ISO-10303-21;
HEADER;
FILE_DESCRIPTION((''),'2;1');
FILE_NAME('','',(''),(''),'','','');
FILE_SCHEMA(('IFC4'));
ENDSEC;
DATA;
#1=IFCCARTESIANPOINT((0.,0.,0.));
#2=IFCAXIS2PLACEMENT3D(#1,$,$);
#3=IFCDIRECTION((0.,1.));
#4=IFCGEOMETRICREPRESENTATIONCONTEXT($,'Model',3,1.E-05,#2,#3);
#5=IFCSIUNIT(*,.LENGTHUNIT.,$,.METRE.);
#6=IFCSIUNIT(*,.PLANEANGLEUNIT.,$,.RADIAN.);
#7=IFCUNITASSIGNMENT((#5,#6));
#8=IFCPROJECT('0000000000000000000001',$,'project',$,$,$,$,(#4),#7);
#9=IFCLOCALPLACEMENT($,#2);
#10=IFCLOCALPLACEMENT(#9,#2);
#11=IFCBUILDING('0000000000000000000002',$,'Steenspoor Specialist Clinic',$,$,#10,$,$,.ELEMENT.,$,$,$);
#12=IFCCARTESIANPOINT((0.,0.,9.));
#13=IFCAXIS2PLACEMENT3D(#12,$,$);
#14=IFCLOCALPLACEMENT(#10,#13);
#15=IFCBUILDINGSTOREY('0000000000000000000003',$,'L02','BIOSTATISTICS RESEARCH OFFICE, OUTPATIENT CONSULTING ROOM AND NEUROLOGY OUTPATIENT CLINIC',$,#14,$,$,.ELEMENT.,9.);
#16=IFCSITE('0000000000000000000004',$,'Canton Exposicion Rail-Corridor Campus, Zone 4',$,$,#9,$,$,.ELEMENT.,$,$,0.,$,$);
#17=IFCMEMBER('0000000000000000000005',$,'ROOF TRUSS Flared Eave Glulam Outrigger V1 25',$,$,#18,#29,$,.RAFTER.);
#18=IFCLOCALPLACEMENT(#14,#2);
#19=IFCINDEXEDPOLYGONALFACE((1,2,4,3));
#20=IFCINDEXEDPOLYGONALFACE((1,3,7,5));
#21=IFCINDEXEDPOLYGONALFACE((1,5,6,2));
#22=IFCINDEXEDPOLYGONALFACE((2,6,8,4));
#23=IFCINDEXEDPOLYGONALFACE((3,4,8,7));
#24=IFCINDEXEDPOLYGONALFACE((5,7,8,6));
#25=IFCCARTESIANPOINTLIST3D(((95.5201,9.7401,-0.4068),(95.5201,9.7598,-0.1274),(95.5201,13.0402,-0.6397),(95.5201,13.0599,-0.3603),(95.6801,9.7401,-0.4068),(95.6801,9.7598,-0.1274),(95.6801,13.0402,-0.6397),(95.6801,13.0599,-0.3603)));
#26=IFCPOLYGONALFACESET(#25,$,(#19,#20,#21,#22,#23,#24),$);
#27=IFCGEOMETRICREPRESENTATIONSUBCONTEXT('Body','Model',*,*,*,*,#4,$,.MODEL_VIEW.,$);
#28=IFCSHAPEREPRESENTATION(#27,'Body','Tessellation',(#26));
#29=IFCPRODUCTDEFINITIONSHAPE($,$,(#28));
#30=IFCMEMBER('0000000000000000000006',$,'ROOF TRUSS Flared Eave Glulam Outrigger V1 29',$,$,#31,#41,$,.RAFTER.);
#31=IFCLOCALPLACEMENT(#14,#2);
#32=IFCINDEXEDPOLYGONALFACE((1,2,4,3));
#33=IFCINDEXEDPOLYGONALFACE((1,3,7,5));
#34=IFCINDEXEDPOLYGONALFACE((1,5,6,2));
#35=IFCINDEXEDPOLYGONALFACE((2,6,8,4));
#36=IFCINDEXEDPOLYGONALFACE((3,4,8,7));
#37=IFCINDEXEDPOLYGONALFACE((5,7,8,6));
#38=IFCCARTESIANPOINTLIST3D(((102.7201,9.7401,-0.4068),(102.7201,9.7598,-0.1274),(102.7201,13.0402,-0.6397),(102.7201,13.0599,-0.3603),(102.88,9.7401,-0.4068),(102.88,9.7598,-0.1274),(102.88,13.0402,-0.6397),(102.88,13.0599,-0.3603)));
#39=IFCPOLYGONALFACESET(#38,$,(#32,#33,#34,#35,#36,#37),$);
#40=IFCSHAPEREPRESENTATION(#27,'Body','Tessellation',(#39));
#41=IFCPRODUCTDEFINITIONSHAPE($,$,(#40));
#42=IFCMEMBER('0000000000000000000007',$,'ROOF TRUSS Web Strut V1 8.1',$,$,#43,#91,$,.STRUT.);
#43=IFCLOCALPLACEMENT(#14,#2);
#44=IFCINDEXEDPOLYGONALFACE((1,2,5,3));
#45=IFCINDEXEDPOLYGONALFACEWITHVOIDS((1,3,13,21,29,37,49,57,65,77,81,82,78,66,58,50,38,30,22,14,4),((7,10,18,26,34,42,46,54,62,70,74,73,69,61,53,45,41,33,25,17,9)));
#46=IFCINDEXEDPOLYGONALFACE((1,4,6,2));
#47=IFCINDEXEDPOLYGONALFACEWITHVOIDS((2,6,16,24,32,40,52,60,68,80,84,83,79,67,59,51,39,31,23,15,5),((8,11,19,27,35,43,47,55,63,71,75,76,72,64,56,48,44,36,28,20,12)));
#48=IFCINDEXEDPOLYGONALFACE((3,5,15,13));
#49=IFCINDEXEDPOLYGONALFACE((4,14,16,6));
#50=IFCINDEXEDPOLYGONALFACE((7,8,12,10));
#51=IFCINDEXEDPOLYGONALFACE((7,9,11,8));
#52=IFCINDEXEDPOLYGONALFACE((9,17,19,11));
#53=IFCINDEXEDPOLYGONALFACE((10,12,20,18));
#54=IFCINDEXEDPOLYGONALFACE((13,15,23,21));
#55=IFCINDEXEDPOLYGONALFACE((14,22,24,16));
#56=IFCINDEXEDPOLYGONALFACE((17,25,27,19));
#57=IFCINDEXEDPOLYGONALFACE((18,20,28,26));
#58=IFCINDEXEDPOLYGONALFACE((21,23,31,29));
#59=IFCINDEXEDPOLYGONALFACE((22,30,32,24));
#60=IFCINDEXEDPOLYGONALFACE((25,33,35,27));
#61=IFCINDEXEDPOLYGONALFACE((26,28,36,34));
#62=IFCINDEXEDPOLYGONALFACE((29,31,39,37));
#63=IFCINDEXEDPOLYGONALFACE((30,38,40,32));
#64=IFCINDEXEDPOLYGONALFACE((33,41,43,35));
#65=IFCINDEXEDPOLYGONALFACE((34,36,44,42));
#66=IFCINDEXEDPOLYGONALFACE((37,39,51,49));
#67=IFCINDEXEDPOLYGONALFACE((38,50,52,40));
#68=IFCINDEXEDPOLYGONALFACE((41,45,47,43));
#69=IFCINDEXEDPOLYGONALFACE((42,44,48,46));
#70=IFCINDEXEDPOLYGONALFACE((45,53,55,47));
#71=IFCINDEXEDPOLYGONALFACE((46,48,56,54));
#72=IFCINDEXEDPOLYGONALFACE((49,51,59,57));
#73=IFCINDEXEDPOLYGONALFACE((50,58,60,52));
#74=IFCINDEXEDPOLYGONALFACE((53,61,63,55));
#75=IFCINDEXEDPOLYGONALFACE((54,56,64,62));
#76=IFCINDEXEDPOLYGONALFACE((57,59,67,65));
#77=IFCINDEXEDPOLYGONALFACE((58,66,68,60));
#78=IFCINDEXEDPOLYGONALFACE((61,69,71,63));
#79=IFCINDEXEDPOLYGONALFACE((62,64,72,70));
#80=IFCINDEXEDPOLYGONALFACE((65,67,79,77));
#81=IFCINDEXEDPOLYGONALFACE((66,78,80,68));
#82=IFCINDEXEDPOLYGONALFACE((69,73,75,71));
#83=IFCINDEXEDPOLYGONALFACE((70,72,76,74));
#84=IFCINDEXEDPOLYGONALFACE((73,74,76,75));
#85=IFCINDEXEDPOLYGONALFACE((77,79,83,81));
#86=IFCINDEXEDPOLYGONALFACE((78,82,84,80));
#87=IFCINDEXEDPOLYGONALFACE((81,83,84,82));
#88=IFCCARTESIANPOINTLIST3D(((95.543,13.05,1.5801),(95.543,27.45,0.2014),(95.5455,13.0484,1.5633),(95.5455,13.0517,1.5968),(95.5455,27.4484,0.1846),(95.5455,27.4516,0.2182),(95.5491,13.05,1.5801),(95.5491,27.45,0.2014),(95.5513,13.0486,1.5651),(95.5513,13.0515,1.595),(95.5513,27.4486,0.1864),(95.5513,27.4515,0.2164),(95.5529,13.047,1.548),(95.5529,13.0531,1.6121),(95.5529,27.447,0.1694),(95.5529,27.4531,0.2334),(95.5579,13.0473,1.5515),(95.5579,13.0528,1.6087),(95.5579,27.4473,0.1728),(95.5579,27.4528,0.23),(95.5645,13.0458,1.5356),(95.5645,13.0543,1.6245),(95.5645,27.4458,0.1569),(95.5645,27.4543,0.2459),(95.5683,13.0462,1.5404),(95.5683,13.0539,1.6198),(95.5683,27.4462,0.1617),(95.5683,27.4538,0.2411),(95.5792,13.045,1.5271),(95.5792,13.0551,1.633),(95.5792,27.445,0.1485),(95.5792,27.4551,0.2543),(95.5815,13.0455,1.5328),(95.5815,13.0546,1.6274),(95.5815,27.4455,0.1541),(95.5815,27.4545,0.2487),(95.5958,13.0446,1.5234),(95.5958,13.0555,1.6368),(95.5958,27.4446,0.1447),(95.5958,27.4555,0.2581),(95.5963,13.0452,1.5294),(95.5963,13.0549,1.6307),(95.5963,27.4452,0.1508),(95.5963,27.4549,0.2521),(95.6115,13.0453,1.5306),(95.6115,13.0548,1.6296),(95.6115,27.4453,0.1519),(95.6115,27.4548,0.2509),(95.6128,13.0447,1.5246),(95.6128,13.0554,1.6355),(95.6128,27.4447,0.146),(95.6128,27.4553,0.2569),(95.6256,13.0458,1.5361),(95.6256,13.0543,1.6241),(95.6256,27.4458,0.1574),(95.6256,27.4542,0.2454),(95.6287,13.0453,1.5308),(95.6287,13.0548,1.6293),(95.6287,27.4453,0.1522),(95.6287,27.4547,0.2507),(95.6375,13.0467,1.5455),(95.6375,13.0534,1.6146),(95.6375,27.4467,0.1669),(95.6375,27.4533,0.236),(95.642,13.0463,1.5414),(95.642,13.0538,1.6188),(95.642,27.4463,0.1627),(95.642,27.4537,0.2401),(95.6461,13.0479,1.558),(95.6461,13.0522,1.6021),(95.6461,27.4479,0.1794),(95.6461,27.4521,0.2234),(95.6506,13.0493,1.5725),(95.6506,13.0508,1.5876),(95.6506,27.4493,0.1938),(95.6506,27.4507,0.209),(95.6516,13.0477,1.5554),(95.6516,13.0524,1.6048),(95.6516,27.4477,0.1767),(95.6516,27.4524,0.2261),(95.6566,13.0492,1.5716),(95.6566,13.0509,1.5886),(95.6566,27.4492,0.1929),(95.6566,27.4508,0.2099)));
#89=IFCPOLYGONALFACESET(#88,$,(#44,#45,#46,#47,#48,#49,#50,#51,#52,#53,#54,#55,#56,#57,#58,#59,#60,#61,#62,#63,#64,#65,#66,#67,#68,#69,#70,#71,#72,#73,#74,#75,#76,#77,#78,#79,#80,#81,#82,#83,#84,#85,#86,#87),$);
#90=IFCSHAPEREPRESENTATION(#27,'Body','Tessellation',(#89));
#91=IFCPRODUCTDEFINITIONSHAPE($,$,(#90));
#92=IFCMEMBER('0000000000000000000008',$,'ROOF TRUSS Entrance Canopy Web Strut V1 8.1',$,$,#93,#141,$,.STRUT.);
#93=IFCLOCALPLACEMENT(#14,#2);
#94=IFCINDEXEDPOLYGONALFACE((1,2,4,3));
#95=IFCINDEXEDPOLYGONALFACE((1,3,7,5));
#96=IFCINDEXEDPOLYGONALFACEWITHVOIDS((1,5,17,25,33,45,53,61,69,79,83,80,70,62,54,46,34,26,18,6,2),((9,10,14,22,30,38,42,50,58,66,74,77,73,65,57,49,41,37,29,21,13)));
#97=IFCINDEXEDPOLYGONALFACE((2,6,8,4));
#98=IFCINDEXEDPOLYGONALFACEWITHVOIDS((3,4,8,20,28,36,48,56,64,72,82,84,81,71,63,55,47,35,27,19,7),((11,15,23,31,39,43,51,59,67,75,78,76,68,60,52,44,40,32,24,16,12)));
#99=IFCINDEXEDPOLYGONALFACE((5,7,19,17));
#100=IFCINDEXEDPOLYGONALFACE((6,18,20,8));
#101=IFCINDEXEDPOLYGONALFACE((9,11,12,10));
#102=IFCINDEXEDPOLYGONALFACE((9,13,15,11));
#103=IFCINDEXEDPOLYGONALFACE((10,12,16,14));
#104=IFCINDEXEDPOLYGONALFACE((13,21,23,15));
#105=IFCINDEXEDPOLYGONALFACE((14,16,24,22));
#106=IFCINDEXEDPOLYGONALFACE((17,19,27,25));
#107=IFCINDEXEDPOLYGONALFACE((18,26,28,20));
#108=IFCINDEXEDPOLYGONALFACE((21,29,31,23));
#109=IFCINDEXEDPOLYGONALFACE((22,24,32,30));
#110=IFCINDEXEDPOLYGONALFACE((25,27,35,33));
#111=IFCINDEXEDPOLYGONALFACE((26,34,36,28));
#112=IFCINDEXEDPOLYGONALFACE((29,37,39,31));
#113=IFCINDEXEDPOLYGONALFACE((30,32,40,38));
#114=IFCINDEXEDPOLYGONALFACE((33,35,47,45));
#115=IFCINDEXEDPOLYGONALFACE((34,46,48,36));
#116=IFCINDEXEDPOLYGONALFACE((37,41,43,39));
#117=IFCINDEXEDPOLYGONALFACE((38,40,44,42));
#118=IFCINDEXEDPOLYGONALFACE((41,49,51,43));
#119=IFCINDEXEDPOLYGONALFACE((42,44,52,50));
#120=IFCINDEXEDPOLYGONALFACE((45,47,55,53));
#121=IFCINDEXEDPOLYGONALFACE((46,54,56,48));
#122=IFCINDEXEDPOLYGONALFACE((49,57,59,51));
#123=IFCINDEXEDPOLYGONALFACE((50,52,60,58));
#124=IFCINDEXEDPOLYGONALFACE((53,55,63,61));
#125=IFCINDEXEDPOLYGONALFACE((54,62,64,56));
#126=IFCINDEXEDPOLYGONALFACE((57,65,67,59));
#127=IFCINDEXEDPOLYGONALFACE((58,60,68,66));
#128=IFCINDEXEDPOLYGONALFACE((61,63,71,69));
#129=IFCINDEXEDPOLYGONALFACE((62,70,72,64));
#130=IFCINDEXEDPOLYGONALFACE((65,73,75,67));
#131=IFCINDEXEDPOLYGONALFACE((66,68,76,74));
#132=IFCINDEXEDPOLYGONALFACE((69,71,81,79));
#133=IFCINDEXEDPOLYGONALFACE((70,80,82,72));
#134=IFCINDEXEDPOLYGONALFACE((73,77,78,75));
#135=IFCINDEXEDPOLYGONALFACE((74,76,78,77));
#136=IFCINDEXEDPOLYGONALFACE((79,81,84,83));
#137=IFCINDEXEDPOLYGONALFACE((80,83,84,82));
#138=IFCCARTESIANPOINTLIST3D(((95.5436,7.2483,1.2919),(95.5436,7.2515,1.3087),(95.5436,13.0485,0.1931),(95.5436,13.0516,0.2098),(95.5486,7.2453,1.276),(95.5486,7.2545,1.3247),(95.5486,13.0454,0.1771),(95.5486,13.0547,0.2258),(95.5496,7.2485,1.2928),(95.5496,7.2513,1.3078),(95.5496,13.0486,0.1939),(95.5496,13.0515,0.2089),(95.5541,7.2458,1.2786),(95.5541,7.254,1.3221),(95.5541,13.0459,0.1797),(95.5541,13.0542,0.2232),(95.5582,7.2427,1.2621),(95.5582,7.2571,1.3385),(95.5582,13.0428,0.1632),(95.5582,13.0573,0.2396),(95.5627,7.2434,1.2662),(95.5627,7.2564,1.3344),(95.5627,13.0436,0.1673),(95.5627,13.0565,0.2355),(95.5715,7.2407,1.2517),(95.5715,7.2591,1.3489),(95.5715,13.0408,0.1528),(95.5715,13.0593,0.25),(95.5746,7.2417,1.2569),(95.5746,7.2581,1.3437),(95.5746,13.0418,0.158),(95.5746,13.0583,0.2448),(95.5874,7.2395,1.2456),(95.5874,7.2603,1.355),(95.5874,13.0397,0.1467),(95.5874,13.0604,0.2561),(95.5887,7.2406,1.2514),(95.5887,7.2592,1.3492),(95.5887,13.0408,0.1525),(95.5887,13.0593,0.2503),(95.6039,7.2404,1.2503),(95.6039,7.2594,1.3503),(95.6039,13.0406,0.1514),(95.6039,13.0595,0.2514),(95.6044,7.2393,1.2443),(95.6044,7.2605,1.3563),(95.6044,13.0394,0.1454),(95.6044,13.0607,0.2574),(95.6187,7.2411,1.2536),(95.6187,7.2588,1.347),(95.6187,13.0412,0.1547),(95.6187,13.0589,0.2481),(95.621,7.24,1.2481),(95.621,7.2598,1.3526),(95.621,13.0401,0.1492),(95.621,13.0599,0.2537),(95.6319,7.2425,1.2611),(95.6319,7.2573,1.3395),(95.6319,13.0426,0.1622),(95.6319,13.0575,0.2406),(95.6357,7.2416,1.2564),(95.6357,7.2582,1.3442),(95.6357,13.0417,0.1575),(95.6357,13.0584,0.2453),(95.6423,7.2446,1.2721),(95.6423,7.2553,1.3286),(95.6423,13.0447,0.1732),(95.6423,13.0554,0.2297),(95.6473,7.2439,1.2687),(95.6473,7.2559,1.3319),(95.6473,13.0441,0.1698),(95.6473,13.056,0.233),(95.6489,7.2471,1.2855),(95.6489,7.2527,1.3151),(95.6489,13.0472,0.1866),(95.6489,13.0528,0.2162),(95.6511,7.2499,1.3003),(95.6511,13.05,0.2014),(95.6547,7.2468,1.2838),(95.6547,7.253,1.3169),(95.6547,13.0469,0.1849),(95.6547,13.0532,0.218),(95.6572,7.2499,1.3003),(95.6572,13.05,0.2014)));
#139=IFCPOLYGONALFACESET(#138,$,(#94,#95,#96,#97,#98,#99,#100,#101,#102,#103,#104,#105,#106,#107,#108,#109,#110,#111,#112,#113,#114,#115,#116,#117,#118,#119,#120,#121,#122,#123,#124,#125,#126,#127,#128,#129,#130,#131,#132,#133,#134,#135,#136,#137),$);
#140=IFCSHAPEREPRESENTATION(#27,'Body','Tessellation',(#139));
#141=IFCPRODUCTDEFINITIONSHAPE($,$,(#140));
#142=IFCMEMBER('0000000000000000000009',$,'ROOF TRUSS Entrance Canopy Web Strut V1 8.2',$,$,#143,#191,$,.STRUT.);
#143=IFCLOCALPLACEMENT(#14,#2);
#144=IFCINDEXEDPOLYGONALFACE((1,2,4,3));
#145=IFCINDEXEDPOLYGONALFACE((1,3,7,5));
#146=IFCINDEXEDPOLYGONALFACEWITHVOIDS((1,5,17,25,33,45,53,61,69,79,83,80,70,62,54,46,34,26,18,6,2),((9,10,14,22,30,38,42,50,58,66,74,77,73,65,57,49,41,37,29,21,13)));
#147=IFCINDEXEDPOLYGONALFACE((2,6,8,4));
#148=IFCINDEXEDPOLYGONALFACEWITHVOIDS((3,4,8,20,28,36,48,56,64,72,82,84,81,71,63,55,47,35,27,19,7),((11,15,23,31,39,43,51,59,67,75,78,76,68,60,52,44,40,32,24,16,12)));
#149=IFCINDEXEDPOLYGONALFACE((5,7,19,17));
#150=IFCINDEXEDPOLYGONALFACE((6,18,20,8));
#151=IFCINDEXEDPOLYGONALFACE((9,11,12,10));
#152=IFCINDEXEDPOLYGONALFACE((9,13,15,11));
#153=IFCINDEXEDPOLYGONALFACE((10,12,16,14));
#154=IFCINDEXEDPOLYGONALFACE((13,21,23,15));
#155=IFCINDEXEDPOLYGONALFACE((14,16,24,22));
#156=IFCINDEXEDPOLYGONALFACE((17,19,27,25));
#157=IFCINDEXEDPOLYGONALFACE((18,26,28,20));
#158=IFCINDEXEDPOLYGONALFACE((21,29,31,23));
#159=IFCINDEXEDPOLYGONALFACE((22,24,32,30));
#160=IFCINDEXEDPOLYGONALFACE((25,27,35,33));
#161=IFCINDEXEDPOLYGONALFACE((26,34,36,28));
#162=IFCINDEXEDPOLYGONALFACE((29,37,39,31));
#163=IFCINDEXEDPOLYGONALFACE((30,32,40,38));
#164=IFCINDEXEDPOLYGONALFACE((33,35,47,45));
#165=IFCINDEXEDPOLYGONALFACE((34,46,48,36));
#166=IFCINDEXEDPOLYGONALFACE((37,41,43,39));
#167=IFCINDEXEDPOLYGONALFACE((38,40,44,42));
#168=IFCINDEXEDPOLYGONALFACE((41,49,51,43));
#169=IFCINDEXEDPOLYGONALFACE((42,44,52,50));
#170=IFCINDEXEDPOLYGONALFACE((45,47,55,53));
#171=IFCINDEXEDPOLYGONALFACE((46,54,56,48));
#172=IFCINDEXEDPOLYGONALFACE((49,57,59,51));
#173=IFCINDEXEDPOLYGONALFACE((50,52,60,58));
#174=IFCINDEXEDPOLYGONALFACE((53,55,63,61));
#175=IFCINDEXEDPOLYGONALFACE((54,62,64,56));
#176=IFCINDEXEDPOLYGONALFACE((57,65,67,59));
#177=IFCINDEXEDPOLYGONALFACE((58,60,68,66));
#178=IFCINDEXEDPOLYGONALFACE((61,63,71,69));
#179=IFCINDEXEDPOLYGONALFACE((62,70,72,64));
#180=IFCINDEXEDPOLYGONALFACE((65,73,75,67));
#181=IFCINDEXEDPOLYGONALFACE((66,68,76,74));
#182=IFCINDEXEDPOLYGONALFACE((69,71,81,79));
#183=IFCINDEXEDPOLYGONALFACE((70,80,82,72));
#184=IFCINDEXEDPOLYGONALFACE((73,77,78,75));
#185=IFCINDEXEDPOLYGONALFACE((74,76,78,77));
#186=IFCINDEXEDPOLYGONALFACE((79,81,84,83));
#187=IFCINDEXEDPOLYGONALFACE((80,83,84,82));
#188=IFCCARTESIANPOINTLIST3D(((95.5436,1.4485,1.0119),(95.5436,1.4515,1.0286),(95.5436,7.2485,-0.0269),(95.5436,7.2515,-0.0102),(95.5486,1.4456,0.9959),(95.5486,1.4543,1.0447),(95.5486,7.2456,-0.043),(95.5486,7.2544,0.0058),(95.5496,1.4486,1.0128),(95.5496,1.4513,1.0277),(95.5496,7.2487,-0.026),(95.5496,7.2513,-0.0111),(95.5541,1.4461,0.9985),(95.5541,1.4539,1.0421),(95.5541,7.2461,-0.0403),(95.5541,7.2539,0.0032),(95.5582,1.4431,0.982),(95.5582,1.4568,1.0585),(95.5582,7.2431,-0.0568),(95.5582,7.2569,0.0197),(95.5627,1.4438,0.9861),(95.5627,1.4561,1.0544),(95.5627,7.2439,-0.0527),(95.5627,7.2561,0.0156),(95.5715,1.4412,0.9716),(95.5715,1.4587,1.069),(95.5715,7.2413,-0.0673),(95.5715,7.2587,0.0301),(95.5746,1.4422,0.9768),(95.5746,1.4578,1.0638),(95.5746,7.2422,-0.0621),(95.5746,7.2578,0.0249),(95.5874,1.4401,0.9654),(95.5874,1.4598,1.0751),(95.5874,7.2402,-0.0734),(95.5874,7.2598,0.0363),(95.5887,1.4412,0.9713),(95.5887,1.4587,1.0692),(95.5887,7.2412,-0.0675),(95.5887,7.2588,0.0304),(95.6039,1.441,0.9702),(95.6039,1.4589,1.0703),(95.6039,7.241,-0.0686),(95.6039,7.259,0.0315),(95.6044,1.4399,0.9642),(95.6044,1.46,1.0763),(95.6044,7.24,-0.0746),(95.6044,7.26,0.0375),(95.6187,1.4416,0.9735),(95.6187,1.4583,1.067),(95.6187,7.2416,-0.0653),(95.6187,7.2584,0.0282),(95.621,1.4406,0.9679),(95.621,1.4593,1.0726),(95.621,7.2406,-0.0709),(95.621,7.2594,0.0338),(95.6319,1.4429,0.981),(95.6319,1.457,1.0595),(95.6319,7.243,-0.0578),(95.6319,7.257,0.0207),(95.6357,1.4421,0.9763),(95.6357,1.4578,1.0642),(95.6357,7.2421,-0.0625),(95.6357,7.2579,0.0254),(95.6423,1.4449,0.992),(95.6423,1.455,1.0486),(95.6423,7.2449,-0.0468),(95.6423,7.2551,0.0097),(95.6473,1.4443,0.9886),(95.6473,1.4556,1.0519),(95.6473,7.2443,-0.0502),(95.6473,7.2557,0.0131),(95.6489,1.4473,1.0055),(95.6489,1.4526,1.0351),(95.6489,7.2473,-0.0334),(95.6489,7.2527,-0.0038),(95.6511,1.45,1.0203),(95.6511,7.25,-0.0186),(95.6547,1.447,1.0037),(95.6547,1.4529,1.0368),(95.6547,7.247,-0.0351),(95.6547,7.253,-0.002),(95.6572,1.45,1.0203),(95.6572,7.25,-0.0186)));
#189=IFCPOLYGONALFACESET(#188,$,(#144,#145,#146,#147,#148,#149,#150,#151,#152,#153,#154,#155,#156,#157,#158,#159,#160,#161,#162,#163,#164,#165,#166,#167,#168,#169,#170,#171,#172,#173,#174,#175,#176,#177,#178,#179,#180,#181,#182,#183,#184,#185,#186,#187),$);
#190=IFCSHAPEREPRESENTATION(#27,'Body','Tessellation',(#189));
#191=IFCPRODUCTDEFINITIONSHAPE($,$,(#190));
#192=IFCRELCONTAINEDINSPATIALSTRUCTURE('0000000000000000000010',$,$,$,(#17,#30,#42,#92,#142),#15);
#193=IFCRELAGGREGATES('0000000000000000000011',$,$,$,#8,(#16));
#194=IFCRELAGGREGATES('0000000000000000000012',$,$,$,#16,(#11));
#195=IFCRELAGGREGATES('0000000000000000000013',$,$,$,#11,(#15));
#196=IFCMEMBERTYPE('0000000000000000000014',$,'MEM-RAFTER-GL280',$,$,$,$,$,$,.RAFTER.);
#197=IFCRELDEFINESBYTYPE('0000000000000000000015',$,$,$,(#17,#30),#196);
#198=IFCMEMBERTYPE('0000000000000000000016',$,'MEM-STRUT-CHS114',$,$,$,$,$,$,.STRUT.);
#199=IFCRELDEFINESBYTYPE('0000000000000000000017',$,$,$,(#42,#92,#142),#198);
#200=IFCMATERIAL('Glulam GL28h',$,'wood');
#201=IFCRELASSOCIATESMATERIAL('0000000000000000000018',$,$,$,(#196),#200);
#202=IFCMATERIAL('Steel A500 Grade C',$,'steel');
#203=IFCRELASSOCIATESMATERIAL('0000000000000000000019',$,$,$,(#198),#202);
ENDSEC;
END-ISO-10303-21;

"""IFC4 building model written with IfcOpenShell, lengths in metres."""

from ifc_helpers import new_model, si_unit, direction, frame, origin, origin_2d, place, context, subcontext, project, spatial, rectangle, hollow_circle, extrude, material, material_profile, profile_set, type_object, element, save


model = new_model("IFC4")

# Units and contexts
model_context = context("Model", 3, precision=1e-05, world=origin(), true_north=direction((0.0, 1.0)))
body_context = subcontext(model_context, "Body", "Model", "MODEL_VIEW")
ifc_project = project(units=[si_unit("LENGTHUNIT", "METRE"), si_unit("PLANEANGLEUNIT", "RADIAN")], contexts=[model_context])

# Site, building, storey
site_placement = place(None, origin())
site = spatial("IfcSite", under=ifc_project, at=site_placement, Name="Canton Exposicion Rail-Corridor Campus, Zone 4", CompositionType="ELEMENT", RefElevation=0.0)
building_placement = place(site_placement, origin())
building = spatial("IfcBuilding", under=site, at=building_placement, Name="Steenspoor Specialist Clinic", CompositionType="ELEMENT")
storey_placement = place(building_placement, frame((0.0, 0.0, 9.0)))
storey = spatial("IfcBuildingStorey", under=building, at=storey_placement, Name="L02", Description="BIOSTATISTICS RESEARCH OFFICE, OUTPATIENT CONSULTING ROOM AND NEUROLOGY OUTPATIENT CLINIC", CompositionType="ELEMENT", Elevation=9.0)

# Members
ifc_material_1 = material(Name="Steel A500 Grade C", Category="steel")
ifc_material_2 = material(Name="Glulam GL28h", Category="wood")
ifc_material_profile_1 = material_profile(ifc_material_2, rectangle(XDim=0.1599, YDim=0.28, at=origin_2d()), Name="GL28H-160X280")
ifc_profile_set_1 = profile_set([ifc_material_profile_1], Name="Glulam GL28h")
member_type_1 = type_object("IfcMemberType", Name="MEM-RAFTER-GL280", PredefinedType="RAFTER", material=ifc_profile_set_1)
for number, where, z_axis, x_axis, name in (
    (1, (95.6001, 13.05, -0.5), (0.0, -0.997519, 0.070403), (1.0, 0.0, 0.0), "ROOF TRUSS Flared Eave Glulam Outrigger V1 25"),
    (2, (102.8, 13.05, -0.5), (0.0, -0.997519, 0.070403), (1.0, 0.0, 0.0), "ROOF TRUSS Flared Eave Glulam Outrigger V1 29"),
):
    element("IfcMember", number, at=place(storey_placement, frame(where, z_axis=z_axis, x_axis=x_axis)), inside=storey, type_object=member_type_1, Name=name, PredefinedType="RAFTER", context=body_context, shape_type="SweptSolid", body=[
        extrude(rectangle(XDim=0.1599, YDim=0.28, at=origin_2d()), origin(), (0.0, 0.0, 1.0), 3.3083),
    ])
ifc_material_profile_2 = material_profile(ifc_material_1, hollow_circle(Radius=0.0571, WallThickness=0.0061, at=origin_2d()), Name="CHS114X6.0")
ifc_profile_set_2 = profile_set([ifc_material_profile_2], Name="Steel A500 Grade C")
member_type_2 = type_object("IfcMemberType", Name="MEM-STRUT-CHS114", PredefinedType="STRUT", material=ifc_profile_set_2)
member_1_placement = place(storey_placement, frame((95.6001, 13.05, 1.5801), z_axis=(0.0, 0.995448, -0.095305), x_axis=(-1.0, 0.0, 0.0)))
element("IfcMember", 3, at=member_1_placement, inside=storey, type_object=member_type_2, Name="ROOF TRUSS Web Strut V1 8.1", PredefinedType="STRUT", context=body_context, shape_type="SweptSolid", body=[
    extrude(hollow_circle(Radius=0.0571, WallThickness=0.0061, at=origin_2d()), origin(), (0.0, 0.0, 1.0), 14.4658),
])
member_2_placement = place(storey_placement, frame((95.6001, 13.05, 0.2014), z_axis=(0.0, -0.982522, 0.186148), x_axis=(1.0, 0.0, 0.0)))
element("IfcMember", 4, at=member_2_placement, inside=storey, type_object=member_type_2, Name="ROOF TRUSS Entrance Canopy Web Strut V1 8.1", PredefinedType="STRUT", context=body_context, shape_type="SweptSolid", body=[
    extrude(hollow_circle(Radius=0.0571, WallThickness=0.0061, at=origin_2d()), origin(), (0.0, 0.0, 1.0), 5.9033),
])
member_3_placement = place(storey_placement, frame((95.6001, 7.25, -0.0186), z_axis=(0.0, -0.984337, 0.1763), x_axis=(1.0, 0.0, 0.0)))
element("IfcMember", 5, at=member_3_placement, inside=storey, type_object=member_type_2, Name="ROOF TRUSS Entrance Canopy Web Strut V1 8.2", PredefinedType="STRUT", context=body_context, shape_type="SweptSolid", body=[
    extrude(hollow_circle(Radius=0.0571, WallThickness=0.0061, at=origin_2d()), origin(), (0.0, 0.0, 1.0), 5.8923),
])

save(model, "model.ifc")
